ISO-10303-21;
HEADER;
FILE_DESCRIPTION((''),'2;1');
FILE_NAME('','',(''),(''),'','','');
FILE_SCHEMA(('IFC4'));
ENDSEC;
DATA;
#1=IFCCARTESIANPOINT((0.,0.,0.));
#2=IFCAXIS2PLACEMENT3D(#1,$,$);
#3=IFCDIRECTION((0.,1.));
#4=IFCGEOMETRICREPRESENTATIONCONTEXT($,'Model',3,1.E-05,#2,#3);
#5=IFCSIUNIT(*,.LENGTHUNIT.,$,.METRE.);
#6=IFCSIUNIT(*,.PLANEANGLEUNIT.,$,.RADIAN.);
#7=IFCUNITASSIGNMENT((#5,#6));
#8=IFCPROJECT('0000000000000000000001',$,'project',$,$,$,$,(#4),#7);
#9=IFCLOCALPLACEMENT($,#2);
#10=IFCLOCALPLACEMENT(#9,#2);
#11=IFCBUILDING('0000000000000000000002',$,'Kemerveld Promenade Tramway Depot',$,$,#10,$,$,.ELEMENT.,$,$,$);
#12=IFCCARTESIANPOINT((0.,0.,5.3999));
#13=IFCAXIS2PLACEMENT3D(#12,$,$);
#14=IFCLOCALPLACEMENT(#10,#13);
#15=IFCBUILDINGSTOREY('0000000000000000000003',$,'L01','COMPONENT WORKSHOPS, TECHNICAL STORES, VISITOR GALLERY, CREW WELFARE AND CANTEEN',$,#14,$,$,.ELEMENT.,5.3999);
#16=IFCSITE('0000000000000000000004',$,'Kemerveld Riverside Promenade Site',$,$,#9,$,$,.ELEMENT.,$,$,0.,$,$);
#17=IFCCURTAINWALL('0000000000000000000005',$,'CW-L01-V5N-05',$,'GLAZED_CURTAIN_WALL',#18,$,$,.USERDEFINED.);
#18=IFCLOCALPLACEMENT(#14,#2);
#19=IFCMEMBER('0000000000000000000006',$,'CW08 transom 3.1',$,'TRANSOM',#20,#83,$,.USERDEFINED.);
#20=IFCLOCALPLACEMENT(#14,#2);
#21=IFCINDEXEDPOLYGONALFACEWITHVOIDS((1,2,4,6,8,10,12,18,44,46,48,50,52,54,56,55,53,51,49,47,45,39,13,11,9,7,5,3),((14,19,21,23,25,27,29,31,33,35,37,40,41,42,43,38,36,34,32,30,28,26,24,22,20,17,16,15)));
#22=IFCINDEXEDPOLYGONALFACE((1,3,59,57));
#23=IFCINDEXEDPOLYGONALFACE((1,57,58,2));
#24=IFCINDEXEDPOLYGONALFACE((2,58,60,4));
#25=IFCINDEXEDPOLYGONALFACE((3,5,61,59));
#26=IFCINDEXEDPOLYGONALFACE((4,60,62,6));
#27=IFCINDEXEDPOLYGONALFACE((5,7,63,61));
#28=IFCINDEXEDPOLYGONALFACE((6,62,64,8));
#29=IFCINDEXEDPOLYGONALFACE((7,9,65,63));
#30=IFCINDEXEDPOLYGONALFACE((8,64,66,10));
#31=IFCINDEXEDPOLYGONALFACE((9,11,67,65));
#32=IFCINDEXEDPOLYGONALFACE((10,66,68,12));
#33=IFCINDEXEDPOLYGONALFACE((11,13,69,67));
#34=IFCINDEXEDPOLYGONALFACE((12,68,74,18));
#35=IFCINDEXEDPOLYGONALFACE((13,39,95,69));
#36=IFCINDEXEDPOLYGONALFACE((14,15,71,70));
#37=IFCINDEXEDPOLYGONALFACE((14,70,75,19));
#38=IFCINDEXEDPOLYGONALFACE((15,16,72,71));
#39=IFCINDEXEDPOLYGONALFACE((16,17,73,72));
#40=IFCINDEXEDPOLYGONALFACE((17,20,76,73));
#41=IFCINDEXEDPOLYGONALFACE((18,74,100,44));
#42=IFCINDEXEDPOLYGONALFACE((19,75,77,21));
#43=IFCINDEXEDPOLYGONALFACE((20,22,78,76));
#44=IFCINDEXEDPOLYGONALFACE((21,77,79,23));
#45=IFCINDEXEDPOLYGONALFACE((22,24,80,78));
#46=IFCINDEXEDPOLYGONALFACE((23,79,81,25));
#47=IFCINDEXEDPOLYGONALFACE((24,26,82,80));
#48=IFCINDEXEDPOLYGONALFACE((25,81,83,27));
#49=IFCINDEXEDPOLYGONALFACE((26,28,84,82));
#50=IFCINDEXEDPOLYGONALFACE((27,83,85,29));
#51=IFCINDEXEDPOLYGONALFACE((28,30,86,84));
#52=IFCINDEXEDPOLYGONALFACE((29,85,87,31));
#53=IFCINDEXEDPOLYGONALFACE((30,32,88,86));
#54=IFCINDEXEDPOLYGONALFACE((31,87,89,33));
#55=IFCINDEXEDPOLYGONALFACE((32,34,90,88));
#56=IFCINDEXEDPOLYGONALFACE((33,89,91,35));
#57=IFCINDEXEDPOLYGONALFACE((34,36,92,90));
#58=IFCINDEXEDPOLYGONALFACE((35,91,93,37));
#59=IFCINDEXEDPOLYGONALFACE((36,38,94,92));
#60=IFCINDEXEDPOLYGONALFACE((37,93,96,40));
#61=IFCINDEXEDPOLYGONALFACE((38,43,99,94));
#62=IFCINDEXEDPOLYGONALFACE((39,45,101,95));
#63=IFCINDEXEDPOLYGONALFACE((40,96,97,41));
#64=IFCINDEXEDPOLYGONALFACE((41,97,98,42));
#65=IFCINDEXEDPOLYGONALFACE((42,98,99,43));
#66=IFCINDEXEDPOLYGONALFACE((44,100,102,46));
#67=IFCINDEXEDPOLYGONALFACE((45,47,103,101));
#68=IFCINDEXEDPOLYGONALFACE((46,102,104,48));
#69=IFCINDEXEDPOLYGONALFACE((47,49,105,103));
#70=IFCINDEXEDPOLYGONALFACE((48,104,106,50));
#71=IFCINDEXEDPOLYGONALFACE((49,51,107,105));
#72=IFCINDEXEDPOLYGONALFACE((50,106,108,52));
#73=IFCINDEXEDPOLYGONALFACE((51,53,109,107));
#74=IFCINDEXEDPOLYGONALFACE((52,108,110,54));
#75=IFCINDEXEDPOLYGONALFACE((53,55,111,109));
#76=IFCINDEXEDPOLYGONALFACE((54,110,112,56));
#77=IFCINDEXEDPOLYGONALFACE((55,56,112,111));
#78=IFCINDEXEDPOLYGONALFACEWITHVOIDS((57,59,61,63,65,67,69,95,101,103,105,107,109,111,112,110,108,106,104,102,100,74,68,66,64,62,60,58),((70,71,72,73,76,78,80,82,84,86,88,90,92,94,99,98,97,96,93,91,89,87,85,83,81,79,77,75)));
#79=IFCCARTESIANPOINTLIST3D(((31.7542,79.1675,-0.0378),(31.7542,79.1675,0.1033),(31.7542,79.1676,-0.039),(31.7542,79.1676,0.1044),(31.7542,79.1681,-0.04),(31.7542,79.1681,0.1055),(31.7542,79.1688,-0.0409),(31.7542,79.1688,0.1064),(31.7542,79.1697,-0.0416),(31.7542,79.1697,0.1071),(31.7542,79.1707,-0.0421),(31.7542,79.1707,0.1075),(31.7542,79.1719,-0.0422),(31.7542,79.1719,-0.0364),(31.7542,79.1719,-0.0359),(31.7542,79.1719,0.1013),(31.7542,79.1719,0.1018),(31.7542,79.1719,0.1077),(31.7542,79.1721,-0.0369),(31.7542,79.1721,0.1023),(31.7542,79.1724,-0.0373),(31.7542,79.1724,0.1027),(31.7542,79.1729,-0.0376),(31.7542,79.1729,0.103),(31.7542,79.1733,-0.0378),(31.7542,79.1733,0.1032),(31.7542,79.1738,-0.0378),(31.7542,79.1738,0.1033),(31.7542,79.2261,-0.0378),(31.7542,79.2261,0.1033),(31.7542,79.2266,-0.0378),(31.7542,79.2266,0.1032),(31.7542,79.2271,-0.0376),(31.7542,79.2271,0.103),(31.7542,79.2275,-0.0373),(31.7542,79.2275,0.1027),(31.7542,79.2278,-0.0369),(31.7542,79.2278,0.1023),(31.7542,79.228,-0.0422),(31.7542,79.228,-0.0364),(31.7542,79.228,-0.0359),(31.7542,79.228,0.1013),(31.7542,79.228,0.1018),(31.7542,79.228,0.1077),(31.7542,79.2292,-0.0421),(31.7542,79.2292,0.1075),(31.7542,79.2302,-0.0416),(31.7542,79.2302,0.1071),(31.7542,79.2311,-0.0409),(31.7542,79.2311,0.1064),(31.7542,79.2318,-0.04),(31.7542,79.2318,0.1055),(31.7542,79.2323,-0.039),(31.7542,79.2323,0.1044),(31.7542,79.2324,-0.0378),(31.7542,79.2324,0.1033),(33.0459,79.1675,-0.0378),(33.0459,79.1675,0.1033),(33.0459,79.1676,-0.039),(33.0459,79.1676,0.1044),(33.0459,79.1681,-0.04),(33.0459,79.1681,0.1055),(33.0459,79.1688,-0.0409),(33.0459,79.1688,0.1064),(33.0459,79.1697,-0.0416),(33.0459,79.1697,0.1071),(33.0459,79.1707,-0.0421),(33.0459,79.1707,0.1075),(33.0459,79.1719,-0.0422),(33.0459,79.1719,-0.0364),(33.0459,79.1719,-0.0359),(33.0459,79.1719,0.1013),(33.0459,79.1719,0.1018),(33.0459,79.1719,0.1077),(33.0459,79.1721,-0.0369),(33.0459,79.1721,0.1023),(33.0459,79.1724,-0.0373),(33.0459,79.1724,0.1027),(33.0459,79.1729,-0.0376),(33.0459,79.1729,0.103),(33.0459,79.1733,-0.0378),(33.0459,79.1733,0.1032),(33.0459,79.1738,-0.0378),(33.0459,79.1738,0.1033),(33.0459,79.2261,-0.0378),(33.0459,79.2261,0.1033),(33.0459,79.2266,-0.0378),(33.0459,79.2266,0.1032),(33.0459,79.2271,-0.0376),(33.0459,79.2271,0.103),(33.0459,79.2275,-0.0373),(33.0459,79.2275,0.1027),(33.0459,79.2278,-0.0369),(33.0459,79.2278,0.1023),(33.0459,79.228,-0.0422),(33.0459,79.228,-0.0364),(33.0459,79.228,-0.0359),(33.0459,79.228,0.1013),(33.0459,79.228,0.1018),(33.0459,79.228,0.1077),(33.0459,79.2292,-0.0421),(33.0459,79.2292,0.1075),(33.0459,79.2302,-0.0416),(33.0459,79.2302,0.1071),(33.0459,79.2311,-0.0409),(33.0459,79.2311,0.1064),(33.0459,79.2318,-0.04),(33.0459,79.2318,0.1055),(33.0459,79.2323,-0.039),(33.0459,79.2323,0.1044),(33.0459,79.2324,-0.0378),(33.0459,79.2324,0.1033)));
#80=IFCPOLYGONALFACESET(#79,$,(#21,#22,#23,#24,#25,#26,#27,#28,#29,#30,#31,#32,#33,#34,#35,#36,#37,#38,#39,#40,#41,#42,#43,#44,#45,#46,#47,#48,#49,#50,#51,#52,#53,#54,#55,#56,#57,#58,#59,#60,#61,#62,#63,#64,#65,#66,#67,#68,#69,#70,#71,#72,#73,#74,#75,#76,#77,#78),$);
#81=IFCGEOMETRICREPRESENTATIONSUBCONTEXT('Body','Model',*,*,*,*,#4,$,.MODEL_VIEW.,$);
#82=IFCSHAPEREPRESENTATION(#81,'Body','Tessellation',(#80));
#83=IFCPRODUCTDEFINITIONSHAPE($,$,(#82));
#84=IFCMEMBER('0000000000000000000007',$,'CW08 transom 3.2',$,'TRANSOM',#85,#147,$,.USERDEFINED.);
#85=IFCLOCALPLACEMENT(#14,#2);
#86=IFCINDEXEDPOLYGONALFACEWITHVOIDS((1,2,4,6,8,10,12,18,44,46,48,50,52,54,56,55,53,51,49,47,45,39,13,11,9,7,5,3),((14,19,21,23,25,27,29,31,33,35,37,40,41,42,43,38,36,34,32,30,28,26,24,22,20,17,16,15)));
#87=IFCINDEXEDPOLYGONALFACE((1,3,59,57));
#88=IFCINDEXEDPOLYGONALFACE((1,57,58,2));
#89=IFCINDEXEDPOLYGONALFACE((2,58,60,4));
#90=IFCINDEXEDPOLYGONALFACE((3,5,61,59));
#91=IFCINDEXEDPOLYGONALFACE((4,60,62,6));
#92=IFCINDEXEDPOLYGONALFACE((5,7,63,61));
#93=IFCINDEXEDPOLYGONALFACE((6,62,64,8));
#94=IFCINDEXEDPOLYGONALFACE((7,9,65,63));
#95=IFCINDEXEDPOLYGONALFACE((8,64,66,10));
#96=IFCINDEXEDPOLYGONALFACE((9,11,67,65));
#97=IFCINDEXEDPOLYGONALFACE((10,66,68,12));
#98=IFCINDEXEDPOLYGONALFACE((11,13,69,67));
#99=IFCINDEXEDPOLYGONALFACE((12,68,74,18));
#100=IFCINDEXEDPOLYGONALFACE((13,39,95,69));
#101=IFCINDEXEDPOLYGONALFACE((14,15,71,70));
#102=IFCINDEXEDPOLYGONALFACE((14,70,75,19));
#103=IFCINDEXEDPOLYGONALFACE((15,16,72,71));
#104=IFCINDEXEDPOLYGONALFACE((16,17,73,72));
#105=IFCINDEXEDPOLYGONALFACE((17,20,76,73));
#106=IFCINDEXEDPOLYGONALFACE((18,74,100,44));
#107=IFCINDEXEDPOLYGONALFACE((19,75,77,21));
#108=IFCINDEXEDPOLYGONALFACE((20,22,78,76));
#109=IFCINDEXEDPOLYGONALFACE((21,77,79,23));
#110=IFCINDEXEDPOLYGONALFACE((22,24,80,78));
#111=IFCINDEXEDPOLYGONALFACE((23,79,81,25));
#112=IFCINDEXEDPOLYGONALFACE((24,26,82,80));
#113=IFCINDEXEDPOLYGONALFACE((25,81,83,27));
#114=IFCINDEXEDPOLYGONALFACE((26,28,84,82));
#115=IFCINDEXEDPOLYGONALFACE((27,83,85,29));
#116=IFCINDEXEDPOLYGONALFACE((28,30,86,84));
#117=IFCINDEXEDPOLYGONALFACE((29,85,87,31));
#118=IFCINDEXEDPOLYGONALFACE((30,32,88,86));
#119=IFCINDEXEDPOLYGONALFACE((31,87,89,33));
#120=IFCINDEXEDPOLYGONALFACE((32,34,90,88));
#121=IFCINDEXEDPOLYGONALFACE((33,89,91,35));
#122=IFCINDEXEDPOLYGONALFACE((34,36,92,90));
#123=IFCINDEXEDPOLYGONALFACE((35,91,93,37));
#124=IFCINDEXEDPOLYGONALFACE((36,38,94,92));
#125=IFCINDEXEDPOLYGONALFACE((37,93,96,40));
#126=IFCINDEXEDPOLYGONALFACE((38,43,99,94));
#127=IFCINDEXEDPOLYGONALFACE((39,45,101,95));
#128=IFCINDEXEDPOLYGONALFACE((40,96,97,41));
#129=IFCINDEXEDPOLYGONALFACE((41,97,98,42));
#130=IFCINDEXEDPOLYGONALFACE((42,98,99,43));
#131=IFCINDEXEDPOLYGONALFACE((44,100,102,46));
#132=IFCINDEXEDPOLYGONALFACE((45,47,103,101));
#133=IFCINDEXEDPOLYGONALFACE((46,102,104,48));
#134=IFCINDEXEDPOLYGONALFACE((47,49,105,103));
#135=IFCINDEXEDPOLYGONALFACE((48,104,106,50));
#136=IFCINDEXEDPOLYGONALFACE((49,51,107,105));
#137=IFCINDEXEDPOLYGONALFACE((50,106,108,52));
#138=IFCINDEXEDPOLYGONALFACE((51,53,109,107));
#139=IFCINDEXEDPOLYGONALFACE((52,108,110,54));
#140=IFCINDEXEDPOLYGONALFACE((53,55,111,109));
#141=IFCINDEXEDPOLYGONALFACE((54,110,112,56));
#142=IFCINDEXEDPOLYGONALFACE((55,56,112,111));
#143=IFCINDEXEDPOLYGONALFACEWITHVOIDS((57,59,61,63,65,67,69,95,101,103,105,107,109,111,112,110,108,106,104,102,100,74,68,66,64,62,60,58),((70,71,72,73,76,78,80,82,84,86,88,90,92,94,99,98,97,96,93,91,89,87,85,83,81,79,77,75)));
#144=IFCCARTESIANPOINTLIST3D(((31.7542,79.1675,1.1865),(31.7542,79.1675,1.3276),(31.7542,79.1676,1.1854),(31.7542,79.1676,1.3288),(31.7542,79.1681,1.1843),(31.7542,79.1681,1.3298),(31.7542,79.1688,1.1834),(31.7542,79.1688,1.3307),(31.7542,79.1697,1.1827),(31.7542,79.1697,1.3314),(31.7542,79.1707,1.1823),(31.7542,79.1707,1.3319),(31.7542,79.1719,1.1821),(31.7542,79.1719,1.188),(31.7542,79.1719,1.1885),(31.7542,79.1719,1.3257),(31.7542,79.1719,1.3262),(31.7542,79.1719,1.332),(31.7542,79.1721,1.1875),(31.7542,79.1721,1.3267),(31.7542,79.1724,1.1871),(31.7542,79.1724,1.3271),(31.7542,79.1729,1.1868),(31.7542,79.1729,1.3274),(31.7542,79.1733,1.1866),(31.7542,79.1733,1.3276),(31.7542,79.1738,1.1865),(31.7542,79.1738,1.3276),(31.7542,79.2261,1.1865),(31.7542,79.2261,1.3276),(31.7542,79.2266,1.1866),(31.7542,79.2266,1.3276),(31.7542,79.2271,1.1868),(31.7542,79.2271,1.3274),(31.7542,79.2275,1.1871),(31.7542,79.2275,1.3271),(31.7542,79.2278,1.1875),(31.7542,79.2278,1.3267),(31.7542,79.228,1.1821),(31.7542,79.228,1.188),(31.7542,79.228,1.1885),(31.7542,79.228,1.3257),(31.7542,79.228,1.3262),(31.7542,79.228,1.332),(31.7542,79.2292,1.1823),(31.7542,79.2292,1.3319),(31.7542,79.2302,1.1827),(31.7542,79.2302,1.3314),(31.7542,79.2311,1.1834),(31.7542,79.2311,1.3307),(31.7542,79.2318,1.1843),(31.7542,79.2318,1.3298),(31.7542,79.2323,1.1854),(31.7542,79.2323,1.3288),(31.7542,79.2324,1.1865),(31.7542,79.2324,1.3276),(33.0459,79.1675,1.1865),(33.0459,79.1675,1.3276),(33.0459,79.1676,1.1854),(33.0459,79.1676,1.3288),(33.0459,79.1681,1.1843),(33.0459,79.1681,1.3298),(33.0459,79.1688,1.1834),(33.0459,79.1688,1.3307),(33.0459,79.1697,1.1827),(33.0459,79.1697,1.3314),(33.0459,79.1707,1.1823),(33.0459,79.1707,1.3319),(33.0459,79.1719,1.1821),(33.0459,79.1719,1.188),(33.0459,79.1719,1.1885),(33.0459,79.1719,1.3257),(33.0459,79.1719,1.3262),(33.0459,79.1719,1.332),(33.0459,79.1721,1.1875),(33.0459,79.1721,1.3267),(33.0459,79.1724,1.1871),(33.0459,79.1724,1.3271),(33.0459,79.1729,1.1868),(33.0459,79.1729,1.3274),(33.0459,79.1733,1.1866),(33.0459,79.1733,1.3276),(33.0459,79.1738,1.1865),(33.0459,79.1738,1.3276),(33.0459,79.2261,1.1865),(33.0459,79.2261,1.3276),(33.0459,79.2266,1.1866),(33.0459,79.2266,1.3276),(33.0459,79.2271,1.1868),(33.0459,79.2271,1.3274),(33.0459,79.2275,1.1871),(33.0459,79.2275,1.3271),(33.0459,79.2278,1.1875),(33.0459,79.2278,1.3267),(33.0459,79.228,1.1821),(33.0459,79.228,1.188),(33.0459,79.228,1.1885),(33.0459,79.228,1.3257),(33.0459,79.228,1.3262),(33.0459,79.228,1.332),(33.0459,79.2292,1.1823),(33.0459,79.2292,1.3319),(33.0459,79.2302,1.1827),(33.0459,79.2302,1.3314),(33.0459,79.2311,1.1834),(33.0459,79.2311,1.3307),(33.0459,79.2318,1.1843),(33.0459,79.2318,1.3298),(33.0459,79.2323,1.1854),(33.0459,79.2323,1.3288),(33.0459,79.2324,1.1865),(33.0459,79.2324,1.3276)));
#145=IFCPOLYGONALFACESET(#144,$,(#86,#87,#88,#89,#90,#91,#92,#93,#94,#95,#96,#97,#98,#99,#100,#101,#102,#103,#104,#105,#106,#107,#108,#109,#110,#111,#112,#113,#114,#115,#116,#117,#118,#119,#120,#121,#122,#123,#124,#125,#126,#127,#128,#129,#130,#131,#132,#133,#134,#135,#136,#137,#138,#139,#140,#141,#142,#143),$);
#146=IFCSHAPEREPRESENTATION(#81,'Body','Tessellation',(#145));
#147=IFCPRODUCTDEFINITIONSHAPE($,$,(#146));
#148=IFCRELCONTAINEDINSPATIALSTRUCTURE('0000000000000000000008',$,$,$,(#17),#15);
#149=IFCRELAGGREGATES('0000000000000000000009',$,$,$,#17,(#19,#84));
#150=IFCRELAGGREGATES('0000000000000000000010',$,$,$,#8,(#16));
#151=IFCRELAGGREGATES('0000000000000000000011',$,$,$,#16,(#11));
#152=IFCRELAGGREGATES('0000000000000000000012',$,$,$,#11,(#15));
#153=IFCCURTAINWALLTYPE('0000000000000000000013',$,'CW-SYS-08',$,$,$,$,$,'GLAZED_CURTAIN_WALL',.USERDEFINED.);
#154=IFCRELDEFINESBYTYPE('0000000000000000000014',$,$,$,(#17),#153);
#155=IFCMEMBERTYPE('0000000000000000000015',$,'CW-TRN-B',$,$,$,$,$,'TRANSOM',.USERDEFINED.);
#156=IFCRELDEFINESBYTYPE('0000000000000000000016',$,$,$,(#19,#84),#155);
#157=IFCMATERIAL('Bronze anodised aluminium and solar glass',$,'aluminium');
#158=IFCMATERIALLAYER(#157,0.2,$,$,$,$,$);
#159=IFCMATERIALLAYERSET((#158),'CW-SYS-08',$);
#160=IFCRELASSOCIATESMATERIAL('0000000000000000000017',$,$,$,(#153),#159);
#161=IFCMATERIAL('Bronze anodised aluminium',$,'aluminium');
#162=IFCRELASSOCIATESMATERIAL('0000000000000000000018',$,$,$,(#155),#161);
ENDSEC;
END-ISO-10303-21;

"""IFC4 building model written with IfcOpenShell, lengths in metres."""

from ifc_helpers import new_model, si_unit, direction, frame, origin, origin_2d, place, context, subcontext, project, spatial, hollow_rectangle, extrude, material, layer, layer_set, material_profile, profile_set, type_object, element, aggregate, save


model = new_model("IFC4")

# Units and contexts
model_context = context("Model", 3, precision=1e-05, world=origin(), true_north=direction((0.0, 1.0)))
body_context = subcontext(model_context, "Body", "Model", "MODEL_VIEW")
ifc_project = project(units=[si_unit("LENGTHUNIT", "METRE"), si_unit("PLANEANGLEUNIT", "RADIAN")], contexts=[model_context])

# Site, building, storey
site_placement = place(None, origin())
site = spatial("IfcSite", under=ifc_project, at=site_placement, Name="Kemerveld Riverside Promenade Site", CompositionType="ELEMENT", RefElevation=0.0)
building_placement = place(site_placement, origin())
building = spatial("IfcBuilding", under=site, at=building_placement, Name="Kemerveld Promenade Tramway Depot", CompositionType="ELEMENT")
storey_placement = place(building_placement, frame((0.0, 0.0, 5.3999)))
storey = spatial("IfcBuildingStorey", under=building, at=storey_placement, Name="L01", Description="COMPONENT WORKSHOPS, TECHNICAL STORES, VISITOR GALLERY, CREW WELFARE AND CANTEEN", CompositionType="ELEMENT", Elevation=5.3999)

# Curtain wall, members
ifc_material_1 = material(Name="Bronze anodised aluminium and solar glass", Category="aluminium")
ifc_layer_1 = layer(ifc_material_1, 0.2)
ifc_layer_set_1 = layer_set([ifc_layer_1], Name="CW-SYS-08")
curtain_wall_type = type_object("IfcCurtainWallType", Name="CW-SYS-08", ElementType="GLAZED_CURTAIN_WALL", PredefinedType="USERDEFINED", material=ifc_layer_set_1)
curtain_wall_placement = place(storey_placement, origin())
curtain_wall = element("IfcCurtainWall", 1, at=curtain_wall_placement, inside=storey, type_object=curtain_wall_type, Name="CW-L01-V5N-05", ObjectType="GLAZED_CURTAIN_WALL", PredefinedType="USERDEFINED")
ifc_material_2 = material(Name="Bronze anodised aluminium", Category="aluminium")
ifc_material_profile_1 = material_profile(ifc_material_2, hollow_rectangle(XDim=0.0649, YDim=0.1499, WallThickness=0.0044, InnerFilletRadius=0.002, OuterFilletRadius=0.0044, at=origin_2d()), Name="CW-TRN-150x65")
ifc_profile_set_1 = profile_set([ifc_material_profile_1], Name="Bronze anodised aluminium")
member_type_1 = type_object("IfcMemberType", Name="CW-TRN-B", ElementType="TRANSOM", PredefinedType="USERDEFINED", material=ifc_profile_set_1)
member_1_placement = place(storey_placement, frame((31.7542, 79.2, 0.0327), z_axis=(1.0, 0.0, 0.0), x_axis=(0.0, 1.0, 0.0)))
member_1 = element("IfcMember", 2, at=member_1_placement, type_object=member_type_1, Name="CW08 transom 3.1", ObjectType="TRANSOM", PredefinedType="USERDEFINED", context=body_context, shape_type="SweptSolid", body=[
    extrude(hollow_rectangle(XDim=0.0649, YDim=0.1499, WallThickness=0.0044, InnerFilletRadius=0.002, OuterFilletRadius=0.0044, at=origin_2d()), origin(), (0.0, 0.0, 1.0), 1.2917),
])
member_2_placement = place(storey_placement, frame((31.7542, 79.2, 1.2571), z_axis=(1.0, 0.0, 0.0), x_axis=(0.0, 1.0, 0.0)))
member_2 = element("IfcMember", 3, at=member_2_placement, type_object=member_type_1, Name="CW08 transom 3.2", ObjectType="TRANSOM", PredefinedType="USERDEFINED", context=body_context, shape_type="SweptSolid", body=[
    extrude(hollow_rectangle(XDim=0.0649, YDim=0.1499, WallThickness=0.0044, InnerFilletRadius=0.002, OuterFilletRadius=0.0044, at=origin_2d()), origin(), (0.0, 0.0, 1.0), 1.2917),
])
aggregate(curtain_wall, [member_1, member_2])

save(model, "model.ifc")
